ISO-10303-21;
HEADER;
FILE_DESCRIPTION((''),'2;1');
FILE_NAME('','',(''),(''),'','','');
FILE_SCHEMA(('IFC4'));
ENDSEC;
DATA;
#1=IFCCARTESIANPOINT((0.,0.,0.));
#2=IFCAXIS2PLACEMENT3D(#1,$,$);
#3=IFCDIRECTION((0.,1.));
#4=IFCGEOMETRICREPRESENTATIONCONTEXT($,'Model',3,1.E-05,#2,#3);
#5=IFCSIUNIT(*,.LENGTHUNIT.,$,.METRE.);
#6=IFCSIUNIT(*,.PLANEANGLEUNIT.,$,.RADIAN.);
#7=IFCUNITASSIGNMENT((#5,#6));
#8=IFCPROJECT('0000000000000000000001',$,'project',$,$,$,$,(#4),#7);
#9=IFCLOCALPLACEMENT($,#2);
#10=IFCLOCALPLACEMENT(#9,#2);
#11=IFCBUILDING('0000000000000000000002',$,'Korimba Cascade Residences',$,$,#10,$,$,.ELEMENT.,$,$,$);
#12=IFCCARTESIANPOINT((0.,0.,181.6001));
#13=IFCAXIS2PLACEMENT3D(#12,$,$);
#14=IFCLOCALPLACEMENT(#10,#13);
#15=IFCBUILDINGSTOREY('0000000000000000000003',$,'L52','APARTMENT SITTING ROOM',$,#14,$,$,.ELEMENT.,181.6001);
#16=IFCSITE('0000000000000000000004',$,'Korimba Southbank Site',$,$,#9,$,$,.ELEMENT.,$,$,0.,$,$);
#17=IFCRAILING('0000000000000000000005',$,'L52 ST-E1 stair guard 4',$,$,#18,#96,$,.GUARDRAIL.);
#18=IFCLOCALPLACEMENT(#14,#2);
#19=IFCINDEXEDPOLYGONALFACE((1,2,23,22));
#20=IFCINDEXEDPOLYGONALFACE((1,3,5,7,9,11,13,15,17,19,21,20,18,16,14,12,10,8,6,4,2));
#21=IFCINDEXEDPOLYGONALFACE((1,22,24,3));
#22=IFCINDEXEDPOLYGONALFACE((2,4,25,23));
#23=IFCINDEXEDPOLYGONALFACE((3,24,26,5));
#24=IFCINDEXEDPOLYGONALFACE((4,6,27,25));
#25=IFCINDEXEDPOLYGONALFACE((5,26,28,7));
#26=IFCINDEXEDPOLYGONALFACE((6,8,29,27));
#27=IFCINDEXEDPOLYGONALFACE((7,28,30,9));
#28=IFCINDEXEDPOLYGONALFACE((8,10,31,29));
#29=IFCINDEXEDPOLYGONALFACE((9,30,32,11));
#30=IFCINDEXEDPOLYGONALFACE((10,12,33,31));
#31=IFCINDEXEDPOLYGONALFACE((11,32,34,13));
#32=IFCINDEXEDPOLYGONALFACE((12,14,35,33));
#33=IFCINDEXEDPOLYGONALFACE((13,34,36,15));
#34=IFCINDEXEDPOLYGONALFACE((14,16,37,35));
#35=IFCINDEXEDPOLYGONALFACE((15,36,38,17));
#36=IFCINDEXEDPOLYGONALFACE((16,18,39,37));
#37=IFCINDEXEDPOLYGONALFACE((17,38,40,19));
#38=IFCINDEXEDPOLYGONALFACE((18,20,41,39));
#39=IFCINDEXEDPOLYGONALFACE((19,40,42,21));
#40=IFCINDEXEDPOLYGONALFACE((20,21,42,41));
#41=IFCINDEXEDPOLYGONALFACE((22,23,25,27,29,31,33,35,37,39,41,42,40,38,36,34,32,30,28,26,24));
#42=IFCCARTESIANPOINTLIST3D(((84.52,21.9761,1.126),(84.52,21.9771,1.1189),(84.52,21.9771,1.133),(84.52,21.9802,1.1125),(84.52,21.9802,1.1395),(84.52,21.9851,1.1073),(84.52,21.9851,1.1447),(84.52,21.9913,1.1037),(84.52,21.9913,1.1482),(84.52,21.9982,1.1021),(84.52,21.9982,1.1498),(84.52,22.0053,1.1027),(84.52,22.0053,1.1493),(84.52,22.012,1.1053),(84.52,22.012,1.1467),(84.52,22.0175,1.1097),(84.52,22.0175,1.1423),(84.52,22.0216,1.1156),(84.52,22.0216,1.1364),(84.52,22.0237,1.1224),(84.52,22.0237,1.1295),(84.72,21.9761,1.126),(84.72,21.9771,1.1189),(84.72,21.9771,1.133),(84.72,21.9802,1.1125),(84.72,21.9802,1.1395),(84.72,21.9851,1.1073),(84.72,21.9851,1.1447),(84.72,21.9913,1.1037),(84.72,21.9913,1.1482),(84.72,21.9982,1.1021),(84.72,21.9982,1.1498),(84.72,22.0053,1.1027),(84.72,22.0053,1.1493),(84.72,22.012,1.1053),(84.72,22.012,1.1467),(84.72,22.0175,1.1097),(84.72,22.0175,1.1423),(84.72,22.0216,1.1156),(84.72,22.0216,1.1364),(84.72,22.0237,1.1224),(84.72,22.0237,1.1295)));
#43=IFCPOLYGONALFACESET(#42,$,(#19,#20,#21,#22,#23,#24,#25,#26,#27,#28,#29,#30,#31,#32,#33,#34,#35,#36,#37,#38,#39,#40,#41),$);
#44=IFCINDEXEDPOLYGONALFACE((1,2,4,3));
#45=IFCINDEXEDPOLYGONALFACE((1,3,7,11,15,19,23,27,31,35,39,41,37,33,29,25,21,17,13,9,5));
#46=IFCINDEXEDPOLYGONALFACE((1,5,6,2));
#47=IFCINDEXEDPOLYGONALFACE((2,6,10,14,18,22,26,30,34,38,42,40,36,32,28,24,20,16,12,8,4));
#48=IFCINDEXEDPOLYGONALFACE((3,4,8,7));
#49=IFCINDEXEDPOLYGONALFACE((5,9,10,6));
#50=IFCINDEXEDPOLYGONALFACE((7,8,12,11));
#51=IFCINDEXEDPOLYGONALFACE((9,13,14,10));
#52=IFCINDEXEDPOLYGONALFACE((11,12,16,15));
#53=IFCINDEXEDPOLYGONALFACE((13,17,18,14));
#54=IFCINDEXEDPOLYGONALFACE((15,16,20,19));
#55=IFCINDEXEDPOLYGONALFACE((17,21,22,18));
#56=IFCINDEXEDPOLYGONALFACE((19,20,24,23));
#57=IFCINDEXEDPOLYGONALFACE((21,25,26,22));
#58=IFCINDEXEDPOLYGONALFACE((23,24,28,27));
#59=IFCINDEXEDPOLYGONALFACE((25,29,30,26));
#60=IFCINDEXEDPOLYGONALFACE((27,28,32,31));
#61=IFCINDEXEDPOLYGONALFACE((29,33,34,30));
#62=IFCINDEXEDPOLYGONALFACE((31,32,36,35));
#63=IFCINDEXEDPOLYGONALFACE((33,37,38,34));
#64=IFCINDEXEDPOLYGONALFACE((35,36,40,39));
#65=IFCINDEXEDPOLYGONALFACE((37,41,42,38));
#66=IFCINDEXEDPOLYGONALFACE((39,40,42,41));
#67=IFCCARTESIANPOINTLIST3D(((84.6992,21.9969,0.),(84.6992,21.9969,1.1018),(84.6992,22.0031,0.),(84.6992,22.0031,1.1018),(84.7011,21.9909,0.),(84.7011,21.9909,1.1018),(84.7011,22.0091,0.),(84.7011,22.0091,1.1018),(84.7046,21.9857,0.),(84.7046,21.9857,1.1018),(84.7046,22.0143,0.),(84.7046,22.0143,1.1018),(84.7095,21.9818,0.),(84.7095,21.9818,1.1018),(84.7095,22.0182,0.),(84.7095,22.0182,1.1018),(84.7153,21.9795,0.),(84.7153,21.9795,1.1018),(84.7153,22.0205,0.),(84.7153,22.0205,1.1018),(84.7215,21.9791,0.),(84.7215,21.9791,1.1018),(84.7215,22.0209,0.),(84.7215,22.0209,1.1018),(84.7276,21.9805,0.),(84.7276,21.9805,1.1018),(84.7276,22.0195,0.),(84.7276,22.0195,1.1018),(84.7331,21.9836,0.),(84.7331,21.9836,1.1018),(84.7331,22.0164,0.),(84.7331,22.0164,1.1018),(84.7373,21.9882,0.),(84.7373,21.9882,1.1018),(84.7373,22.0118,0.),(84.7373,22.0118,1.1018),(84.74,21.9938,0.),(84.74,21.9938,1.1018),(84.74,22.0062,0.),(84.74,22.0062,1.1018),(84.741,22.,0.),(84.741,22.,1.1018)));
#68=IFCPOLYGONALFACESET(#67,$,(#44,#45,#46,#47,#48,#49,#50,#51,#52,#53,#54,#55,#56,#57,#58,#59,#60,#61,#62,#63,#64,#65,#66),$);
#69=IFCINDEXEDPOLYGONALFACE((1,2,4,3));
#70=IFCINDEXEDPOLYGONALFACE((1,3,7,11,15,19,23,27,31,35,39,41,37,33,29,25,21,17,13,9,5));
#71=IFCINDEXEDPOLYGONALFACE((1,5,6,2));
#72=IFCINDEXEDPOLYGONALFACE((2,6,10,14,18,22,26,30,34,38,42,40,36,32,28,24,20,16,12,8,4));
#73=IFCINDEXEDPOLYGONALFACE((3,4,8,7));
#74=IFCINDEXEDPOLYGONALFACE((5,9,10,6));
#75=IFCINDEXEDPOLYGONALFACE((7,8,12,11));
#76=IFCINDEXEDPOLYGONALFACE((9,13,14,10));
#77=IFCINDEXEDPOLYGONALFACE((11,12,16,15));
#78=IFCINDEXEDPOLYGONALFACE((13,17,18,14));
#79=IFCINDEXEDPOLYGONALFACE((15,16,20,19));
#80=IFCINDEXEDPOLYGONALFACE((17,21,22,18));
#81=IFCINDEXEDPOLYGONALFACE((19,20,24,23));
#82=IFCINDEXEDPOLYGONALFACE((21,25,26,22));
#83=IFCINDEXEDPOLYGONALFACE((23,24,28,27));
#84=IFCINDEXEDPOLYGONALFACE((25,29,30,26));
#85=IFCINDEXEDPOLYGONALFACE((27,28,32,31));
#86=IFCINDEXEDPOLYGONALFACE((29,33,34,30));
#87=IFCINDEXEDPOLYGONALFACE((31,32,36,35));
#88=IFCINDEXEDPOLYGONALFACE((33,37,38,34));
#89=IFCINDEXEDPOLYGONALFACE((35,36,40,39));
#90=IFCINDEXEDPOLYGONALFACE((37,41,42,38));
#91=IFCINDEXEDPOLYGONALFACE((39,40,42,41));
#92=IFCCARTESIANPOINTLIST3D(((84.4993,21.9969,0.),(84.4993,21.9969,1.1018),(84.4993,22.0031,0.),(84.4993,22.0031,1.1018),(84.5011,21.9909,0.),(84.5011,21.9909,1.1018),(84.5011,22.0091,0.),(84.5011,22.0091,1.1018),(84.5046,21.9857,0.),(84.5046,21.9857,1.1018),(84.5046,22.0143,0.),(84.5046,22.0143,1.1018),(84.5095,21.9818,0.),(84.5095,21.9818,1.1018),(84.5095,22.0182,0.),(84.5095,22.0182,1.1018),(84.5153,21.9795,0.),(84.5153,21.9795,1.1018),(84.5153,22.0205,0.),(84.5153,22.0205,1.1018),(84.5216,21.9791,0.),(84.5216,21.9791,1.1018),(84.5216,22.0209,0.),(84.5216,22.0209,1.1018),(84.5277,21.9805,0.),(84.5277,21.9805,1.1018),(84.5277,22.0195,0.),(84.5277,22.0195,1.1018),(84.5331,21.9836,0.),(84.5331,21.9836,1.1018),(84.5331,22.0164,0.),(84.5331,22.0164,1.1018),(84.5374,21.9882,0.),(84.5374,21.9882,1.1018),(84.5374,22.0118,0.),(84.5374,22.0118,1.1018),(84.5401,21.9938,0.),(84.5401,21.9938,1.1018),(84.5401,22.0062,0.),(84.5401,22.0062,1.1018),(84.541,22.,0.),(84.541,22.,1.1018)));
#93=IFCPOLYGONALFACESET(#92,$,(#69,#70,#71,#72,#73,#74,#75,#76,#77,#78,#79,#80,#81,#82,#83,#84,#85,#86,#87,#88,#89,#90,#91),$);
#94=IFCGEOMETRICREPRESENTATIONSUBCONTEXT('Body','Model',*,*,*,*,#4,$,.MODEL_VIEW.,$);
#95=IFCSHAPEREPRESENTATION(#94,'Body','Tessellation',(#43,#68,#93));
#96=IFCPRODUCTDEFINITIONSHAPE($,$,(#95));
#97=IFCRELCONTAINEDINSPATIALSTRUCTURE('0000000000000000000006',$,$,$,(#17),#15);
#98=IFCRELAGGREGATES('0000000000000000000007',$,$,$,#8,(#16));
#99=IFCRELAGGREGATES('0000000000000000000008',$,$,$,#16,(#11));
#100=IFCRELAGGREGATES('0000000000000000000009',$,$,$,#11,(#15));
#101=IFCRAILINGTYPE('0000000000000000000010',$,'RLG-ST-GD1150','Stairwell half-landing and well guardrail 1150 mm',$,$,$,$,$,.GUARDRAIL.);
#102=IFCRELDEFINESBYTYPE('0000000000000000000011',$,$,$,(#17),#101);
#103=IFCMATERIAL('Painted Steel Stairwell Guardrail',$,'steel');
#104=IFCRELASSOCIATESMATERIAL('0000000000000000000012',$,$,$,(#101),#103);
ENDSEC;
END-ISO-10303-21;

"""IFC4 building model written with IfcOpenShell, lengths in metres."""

from ifc_helpers import new_model, si_unit, direction, frame, origin, origin_2d, place, context, subcontext, project, spatial, circle, extrude, material, type_object, element, save


model = new_model("IFC4")

# Units and contexts
model_context = context("Model", 3, precision=1e-05, world=origin(), true_north=direction((0.0, 1.0)))
body_context = subcontext(model_context, "Body", "Model", "MODEL_VIEW")
ifc_project = project(units=[si_unit("LENGTHUNIT", "METRE"), si_unit("PLANEANGLEUNIT", "RADIAN")], contexts=[model_context])

# Site, building, storey
site_placement = place(None, origin())
site = spatial("IfcSite", under=ifc_project, at=site_placement, Name="Korimba Southbank Site", CompositionType="ELEMENT", RefElevation=0.0)
building_placement = place(site_placement, origin())
building = spatial("IfcBuilding", under=site, at=building_placement, Name="Korimba Cascade Residences", CompositionType="ELEMENT")
storey_placement = place(building_placement, frame((0.0, 0.0, 181.6001)))
storey = spatial("IfcBuildingStorey", under=building, at=storey_placement, Name="L52", Description="APARTMENT SITTING ROOM", CompositionType="ELEMENT", Elevation=181.6001)

# Railing
ifc_material_1 = material(Name="Painted Steel Stairwell Guardrail", Category="steel")
railing_type_1 = type_object("IfcRailingType", Name="RLG-ST-GD1150", Description="Stairwell half-landing and well guardrail 1150 mm", PredefinedType="GUARDRAIL", material=ifc_material_1)
railing_1_placement = place(storey_placement, frame((84.72, 22.0, 0.0)))
element("IfcRailing", 1, at=railing_1_placement, inside=storey, type_object=railing_type_1, Name="L52 ST-E1 stair guard 4", PredefinedType="GUARDRAIL", context=body_context, shape_type="SweptSolid", body=[
    extrude(circle(Radius=0.0239, at=origin_2d()), frame((0.0, 0.0, 1.126), z_axis=(-1.0, 0.0, 0.0), x_axis=(0.0, -1.0, 0.0)), (0.0, 0.0, 1.0), 0.2),
    extrude(circle(Radius=0.021, at=origin_2d()), origin(), (0.0, 0.0, 1.0), 1.1018),
    extrude(circle(Radius=0.021, at=origin_2d()), frame((-0.2, 0.0, 0.0)), (0.0, 0.0, 1.0), 1.1018),
])

save(model, "model.ifc")
